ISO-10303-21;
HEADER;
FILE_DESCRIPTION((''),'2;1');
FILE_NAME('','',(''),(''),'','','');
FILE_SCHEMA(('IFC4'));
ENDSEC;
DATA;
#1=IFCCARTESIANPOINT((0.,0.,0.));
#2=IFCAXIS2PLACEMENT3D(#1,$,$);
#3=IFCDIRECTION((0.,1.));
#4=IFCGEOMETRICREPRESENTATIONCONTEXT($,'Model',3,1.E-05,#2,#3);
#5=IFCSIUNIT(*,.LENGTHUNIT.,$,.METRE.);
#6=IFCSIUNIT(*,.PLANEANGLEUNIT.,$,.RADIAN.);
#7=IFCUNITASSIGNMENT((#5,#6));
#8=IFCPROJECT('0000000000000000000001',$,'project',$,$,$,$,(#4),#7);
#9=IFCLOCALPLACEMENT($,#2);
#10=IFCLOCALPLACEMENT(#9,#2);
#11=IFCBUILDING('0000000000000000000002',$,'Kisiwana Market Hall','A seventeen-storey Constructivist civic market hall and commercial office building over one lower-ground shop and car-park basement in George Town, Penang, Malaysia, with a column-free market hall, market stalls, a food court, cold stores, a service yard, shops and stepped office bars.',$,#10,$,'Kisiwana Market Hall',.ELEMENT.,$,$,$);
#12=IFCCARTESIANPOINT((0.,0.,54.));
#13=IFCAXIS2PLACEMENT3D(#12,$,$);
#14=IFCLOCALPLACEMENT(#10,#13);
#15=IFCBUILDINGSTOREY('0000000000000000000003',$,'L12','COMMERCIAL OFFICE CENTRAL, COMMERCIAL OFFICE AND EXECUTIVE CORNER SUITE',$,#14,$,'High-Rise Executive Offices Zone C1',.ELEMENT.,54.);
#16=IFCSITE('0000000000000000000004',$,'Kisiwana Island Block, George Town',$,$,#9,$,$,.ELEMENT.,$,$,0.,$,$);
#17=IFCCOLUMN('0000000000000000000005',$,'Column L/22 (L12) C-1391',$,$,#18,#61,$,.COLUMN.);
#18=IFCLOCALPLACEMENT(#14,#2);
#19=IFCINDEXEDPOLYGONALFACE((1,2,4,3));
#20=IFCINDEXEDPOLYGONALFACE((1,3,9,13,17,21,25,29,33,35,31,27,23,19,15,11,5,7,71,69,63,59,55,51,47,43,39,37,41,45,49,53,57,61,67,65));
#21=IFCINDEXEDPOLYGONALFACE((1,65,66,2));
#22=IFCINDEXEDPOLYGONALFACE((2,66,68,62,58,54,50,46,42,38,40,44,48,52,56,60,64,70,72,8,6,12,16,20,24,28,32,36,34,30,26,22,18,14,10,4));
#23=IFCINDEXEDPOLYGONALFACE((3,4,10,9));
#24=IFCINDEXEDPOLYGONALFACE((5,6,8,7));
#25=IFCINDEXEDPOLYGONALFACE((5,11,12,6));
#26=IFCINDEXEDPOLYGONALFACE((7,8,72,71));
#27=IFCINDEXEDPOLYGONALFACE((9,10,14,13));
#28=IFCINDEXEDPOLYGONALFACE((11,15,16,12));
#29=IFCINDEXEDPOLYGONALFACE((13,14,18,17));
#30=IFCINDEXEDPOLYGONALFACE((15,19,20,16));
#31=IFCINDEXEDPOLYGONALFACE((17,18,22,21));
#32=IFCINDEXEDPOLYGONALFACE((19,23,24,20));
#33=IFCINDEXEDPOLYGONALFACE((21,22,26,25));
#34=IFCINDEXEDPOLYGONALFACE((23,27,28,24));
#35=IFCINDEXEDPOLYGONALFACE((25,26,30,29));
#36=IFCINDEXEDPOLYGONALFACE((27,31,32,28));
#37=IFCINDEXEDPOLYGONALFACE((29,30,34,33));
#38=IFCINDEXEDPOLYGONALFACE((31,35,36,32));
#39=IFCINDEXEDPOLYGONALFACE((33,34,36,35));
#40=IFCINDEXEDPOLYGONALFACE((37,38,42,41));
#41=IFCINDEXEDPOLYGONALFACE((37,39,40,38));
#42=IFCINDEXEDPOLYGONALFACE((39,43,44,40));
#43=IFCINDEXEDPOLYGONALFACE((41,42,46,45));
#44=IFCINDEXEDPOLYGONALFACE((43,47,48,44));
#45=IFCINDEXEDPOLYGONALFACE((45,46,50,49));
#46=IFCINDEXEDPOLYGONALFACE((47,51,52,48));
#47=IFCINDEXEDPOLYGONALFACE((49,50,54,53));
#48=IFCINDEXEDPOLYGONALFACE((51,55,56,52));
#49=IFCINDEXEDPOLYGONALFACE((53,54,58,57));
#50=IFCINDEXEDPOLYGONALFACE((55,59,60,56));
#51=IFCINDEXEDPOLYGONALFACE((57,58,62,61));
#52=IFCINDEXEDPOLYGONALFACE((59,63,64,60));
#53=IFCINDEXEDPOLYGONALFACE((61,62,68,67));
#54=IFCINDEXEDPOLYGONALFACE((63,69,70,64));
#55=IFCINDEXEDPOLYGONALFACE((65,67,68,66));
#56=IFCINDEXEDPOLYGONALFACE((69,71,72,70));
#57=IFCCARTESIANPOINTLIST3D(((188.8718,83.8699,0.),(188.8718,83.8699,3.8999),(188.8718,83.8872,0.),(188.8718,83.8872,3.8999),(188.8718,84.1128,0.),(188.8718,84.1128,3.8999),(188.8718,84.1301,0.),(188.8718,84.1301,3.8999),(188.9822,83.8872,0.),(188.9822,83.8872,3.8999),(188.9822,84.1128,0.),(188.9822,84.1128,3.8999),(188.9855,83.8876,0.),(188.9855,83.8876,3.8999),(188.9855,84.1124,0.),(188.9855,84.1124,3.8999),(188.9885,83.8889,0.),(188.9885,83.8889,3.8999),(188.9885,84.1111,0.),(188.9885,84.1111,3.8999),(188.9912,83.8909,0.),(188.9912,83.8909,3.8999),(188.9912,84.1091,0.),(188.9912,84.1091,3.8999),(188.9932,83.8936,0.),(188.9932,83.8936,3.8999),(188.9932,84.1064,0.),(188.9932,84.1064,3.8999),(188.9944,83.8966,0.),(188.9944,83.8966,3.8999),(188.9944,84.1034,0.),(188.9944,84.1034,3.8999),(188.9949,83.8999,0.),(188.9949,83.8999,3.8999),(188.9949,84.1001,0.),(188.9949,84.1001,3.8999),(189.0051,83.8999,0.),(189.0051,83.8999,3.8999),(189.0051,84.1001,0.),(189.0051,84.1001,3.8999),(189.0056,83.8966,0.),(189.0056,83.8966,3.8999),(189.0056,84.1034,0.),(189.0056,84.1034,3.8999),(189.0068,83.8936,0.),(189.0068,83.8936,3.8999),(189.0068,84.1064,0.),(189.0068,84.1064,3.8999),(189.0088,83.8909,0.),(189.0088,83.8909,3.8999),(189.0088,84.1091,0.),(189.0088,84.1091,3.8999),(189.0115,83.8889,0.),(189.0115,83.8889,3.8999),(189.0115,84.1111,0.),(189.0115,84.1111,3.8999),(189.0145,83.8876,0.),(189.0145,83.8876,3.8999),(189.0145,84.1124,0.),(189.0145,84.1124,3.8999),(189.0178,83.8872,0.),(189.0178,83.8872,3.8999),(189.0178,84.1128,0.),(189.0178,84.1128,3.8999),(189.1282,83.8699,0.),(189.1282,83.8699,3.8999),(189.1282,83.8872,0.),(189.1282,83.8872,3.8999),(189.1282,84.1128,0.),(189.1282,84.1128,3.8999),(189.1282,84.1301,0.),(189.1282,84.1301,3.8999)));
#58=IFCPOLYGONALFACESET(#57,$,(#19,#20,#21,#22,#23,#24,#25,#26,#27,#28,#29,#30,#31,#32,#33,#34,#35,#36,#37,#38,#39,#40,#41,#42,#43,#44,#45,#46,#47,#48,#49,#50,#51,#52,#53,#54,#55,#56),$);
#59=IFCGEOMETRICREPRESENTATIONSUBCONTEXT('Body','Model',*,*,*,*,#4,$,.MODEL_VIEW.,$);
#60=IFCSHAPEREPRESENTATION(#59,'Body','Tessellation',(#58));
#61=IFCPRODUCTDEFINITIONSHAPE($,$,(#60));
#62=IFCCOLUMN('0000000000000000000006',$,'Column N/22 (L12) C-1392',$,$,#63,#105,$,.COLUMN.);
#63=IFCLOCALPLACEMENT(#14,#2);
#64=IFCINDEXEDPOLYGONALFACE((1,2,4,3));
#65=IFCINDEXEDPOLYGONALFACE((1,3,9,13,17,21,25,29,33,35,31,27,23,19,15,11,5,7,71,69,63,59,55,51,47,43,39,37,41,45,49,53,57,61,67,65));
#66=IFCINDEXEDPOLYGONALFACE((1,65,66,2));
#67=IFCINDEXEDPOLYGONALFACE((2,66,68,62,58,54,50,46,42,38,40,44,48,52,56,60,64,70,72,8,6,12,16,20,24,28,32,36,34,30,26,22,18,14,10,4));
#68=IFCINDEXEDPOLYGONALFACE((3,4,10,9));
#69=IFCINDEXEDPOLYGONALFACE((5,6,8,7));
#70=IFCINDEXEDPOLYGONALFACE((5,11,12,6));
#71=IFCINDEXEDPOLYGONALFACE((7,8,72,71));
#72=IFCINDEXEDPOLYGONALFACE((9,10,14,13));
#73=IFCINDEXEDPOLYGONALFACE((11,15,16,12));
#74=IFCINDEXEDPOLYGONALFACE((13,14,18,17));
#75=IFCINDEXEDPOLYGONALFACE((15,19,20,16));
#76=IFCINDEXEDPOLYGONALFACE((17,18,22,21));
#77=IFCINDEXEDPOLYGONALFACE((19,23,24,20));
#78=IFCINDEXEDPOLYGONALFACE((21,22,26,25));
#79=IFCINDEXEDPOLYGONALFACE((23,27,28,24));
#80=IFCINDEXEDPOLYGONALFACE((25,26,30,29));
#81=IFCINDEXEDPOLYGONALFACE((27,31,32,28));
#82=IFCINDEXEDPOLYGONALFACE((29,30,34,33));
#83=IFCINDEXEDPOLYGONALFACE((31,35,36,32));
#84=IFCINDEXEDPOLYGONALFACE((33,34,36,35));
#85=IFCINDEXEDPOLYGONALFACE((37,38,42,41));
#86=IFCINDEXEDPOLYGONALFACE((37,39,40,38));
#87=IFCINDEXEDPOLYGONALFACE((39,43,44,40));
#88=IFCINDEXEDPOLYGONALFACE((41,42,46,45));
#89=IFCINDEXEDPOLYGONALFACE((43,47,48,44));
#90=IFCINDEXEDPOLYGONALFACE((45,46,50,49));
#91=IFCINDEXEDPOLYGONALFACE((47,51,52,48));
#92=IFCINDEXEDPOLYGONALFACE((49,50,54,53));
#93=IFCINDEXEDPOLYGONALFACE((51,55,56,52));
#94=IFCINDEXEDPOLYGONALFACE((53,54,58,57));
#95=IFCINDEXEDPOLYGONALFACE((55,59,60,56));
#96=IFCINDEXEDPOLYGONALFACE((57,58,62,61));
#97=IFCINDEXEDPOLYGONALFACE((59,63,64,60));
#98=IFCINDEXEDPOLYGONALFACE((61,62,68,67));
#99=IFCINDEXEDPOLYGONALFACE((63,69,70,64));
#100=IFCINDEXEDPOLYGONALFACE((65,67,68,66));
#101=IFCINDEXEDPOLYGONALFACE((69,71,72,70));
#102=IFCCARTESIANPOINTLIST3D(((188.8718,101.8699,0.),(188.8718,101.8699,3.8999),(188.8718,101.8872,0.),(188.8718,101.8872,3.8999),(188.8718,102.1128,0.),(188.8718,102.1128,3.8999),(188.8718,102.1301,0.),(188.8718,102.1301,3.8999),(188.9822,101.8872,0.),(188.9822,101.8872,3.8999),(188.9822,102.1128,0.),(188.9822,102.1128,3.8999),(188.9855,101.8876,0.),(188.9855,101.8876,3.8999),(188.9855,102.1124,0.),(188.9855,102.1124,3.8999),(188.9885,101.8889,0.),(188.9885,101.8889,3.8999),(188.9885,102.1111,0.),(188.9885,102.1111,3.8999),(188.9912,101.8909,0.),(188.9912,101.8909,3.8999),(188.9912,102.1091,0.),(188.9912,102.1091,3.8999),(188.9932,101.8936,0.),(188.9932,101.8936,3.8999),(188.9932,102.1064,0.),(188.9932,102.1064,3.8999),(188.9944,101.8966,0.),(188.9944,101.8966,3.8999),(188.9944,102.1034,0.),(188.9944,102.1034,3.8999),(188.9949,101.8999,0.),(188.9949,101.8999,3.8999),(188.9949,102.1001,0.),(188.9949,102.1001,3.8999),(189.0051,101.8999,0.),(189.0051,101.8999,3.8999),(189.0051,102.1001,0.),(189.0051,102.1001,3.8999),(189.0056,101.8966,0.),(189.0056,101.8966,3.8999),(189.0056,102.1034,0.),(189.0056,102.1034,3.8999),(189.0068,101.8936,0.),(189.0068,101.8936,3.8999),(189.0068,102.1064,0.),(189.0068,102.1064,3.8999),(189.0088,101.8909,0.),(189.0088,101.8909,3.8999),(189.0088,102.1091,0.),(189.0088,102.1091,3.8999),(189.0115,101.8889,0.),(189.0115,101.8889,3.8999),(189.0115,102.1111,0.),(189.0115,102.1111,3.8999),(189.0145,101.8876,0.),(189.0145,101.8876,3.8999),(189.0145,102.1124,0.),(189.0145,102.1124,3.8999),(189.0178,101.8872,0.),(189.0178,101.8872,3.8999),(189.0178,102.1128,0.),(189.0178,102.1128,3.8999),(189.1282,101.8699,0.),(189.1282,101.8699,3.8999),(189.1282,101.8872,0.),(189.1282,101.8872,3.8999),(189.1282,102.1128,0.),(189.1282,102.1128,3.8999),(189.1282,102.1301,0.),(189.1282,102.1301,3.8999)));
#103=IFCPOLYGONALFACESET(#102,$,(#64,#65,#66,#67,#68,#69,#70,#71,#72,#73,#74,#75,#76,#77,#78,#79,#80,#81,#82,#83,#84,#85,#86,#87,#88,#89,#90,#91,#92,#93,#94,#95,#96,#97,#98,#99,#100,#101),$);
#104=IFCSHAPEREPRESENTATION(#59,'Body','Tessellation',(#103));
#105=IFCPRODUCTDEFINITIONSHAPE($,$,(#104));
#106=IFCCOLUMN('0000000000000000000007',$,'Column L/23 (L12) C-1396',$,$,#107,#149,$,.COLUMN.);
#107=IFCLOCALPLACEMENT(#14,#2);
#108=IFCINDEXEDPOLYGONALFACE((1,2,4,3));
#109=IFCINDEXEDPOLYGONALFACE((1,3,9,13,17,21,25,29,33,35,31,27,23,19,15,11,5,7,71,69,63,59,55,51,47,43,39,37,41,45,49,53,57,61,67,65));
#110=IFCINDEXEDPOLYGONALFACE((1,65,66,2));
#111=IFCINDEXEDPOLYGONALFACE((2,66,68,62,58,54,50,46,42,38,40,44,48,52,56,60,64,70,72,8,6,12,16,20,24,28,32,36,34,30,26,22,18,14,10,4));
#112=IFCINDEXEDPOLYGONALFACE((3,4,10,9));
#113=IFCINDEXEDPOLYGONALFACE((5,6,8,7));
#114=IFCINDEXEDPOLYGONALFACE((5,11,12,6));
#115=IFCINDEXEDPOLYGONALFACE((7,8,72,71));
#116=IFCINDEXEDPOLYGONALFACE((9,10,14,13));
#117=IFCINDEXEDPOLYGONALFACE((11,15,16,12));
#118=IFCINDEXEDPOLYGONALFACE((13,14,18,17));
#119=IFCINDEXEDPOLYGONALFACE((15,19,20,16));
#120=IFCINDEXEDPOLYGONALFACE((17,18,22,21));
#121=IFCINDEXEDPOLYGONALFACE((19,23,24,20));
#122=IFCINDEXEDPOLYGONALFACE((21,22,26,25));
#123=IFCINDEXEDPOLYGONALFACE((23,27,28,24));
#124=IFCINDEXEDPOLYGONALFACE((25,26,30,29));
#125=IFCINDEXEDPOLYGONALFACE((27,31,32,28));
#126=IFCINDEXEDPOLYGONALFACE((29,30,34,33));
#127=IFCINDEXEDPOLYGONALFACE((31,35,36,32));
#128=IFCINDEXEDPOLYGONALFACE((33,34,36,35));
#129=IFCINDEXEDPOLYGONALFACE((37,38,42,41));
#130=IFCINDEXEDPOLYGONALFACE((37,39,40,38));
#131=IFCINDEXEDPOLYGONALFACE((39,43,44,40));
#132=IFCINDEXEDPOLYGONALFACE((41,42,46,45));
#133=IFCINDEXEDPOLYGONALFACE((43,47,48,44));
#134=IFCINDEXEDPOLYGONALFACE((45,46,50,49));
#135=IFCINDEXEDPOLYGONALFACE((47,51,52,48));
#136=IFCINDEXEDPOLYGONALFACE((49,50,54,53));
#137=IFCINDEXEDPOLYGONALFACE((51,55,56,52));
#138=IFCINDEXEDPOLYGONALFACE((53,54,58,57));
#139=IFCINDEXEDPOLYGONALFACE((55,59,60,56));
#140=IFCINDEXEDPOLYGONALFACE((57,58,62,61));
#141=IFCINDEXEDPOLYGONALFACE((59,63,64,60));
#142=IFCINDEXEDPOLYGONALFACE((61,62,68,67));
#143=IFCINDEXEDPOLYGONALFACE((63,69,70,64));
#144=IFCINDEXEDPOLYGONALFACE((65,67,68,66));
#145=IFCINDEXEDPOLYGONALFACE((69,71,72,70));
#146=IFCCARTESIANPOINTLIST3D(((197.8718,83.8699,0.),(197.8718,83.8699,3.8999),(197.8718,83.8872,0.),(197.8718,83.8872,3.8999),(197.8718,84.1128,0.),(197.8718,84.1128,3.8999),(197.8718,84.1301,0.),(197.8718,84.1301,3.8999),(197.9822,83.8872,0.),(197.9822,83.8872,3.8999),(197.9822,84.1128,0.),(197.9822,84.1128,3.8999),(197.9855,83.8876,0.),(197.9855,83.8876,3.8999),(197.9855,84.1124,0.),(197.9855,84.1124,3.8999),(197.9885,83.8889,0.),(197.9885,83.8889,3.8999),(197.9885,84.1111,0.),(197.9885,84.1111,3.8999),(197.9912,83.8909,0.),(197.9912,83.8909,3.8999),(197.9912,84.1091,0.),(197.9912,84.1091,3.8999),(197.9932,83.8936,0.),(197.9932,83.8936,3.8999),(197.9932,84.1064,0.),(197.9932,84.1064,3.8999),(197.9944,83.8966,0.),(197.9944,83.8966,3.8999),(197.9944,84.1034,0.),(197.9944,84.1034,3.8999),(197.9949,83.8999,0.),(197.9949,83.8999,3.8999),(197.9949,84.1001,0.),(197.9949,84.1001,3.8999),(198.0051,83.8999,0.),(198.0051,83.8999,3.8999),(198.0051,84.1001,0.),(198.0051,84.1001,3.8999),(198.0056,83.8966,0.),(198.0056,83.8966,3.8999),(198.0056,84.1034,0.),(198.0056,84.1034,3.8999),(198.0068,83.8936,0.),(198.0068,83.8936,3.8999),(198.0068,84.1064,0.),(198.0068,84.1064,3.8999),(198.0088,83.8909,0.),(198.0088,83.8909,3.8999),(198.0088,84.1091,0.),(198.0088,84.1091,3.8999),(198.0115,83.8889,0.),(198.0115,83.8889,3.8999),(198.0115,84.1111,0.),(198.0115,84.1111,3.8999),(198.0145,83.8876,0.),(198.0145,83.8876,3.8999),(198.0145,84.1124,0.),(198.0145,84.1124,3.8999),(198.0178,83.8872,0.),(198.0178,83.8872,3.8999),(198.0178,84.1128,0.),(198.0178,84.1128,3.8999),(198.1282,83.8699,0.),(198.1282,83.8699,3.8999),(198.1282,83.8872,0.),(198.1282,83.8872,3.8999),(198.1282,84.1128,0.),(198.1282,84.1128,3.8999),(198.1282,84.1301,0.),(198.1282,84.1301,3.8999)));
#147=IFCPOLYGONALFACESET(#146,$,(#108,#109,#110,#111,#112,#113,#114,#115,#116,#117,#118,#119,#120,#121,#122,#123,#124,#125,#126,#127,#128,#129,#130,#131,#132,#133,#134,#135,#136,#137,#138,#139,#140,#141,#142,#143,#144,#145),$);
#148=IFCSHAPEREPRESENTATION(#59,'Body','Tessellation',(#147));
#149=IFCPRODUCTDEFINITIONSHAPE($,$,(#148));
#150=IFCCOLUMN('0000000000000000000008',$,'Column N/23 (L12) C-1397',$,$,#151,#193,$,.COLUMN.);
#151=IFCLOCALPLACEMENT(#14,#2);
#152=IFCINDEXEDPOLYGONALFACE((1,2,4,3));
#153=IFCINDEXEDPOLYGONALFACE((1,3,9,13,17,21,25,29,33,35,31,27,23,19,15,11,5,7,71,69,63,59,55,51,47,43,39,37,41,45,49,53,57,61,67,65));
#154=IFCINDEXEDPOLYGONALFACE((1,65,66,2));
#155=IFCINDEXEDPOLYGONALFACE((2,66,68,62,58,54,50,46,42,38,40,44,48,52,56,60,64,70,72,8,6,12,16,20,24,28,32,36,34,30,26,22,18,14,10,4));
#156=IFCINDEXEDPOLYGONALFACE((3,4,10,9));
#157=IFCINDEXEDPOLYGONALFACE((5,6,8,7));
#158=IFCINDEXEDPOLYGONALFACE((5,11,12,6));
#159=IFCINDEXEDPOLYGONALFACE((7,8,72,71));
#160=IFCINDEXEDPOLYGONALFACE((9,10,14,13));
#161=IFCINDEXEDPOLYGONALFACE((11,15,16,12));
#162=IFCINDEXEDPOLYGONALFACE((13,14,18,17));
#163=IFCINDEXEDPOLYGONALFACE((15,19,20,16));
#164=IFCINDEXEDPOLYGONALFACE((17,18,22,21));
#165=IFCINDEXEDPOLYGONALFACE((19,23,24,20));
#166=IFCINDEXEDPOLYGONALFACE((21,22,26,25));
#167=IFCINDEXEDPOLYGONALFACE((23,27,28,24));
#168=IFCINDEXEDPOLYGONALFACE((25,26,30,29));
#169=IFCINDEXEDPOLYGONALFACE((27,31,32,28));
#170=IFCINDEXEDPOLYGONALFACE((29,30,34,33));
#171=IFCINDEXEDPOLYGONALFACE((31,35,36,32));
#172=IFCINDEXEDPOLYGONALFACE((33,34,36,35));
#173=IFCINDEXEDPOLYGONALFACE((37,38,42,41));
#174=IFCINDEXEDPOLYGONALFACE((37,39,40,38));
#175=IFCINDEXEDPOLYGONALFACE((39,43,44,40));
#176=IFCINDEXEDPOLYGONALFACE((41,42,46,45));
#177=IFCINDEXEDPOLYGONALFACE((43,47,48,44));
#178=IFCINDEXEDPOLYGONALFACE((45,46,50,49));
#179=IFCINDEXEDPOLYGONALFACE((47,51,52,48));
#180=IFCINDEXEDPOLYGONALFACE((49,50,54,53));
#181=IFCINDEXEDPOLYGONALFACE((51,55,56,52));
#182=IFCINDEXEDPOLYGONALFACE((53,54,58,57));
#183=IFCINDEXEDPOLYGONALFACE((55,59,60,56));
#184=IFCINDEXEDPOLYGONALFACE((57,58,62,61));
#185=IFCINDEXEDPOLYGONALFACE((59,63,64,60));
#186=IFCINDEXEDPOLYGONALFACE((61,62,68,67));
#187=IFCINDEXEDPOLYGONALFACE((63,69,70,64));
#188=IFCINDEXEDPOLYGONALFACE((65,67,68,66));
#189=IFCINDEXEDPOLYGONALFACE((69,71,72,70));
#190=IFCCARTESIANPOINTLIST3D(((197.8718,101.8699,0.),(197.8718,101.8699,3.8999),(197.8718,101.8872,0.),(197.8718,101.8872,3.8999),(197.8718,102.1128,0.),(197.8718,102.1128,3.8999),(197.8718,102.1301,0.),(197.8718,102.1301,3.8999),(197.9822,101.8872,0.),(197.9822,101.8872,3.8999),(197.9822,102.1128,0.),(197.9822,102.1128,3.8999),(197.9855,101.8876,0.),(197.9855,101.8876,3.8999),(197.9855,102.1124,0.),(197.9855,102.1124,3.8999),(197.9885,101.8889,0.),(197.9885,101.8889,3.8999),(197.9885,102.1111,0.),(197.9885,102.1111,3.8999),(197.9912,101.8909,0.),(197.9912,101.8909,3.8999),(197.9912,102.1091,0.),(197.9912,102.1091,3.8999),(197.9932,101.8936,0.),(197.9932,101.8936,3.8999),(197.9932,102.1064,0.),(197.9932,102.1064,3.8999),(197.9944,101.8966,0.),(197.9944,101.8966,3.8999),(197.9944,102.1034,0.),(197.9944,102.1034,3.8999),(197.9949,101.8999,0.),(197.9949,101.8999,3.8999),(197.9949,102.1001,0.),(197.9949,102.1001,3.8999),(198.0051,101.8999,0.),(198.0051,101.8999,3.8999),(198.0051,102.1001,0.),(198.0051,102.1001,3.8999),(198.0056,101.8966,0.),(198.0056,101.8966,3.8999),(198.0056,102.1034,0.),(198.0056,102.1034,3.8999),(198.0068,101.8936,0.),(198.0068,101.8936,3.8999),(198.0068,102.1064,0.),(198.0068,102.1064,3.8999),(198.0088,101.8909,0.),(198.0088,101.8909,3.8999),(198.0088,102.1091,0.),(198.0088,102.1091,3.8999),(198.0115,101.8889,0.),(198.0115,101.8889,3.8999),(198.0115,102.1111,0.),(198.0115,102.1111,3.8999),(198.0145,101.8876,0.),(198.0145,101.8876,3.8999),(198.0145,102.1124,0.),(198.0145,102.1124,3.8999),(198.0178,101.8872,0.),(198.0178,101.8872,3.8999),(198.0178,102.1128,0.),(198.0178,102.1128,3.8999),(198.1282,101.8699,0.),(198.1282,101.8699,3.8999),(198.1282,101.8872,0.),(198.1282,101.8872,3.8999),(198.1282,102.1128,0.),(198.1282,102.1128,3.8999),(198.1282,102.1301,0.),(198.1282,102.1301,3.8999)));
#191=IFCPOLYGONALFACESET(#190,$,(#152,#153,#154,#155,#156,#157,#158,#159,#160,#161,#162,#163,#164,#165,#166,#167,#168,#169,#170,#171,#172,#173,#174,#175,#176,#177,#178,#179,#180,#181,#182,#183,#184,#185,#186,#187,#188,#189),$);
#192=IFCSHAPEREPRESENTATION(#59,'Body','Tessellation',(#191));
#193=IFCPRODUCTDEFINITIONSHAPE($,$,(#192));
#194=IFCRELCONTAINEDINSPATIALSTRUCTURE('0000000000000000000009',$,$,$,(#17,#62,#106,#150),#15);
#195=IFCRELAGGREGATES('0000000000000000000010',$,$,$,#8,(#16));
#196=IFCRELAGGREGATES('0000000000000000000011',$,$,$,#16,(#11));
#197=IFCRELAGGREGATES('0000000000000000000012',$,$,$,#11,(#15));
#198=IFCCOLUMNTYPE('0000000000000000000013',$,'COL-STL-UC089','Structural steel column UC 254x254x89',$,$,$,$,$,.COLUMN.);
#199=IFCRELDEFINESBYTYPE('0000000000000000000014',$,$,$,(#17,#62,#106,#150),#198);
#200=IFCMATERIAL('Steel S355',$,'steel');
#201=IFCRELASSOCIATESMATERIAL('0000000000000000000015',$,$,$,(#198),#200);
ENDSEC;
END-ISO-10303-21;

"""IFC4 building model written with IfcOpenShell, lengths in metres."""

from ifc_helpers import new_model, si_unit, direction, frame, origin, origin_2d, place, context, subcontext, project, spatial, i_section, extrude, material, material_profile, profile_set, type_object, element, save


model = new_model("IFC4")

# Units and contexts
model_context = context("Model", 3, precision=1e-05, world=origin(), true_north=direction((0.0, 1.0)))
body_context = subcontext(model_context, "Body", "Model", "MODEL_VIEW")
ifc_project = project(units=[si_unit("LENGTHUNIT", "METRE"), si_unit("PLANEANGLEUNIT", "RADIAN")], contexts=[model_context])

# Site, building, storey
site_placement = place(None, origin())
site = spatial("IfcSite", under=ifc_project, at=site_placement, Name="Kisiwana Island Block, George Town", CompositionType="ELEMENT", RefElevation=0.0)
building_placement = place(site_placement, origin())
building = spatial("IfcBuilding", under=site, at=building_placement, Name="Kisiwana Market Hall", Description="A seventeen-storey Constructivist civic market hall and commercial office building over one lower-ground shop and car-park basement in George Town, Penang, Malaysia, with a column-free market hall, market stalls, a food court, cold stores, a service yard, shops and stepped office bars.", LongName="Kisiwana Market Hall", CompositionType="ELEMENT")
storey_placement = place(building_placement, frame((0.0, 0.0, 54.0)))
storey = spatial("IfcBuildingStorey", under=building, at=storey_placement, Name="L12", Description="COMMERCIAL OFFICE CENTRAL, COMMERCIAL OFFICE AND EXECUTIVE CORNER SUITE", LongName="High-Rise Executive Offices Zone C1", CompositionType="ELEMENT", Elevation=54.0)

# Columns
ifc_material_1 = material(Name="Steel S355", Category="steel")
ifc_material_profile_1 = material_profile(ifc_material_1, i_section(OverallWidth=0.2563, OverallDepth=0.2603, WebThickness=0.0103, FlangeThickness=0.0173, FilletRadius=0.0127, at=origin_2d()), Name="UC 254x254x89")
ifc_profile_set_1 = profile_set([ifc_material_profile_1], Name="Steel S355")
column_type = type_object("IfcColumnType", Name="COL-STL-UC089", Description="Structural steel column UC 254x254x89", PredefinedType="COLUMN", material=ifc_profile_set_1)
for number, where, z_axis, x_axis, name in (
    (1, (189.0, 84.0, 0.0), (0.0, 0.0, 1.0), (1.0, 0.0, 0.0), "Column L/22 (L12) C-1391"),
    (2, (189.0, 102.0, 0.0), (0.0, 0.0, 1.0), (1.0, 0.0, 0.0), "Column N/22 (L12) C-1392"),
    (3, (198.0, 84.0, 0.0), (0.0, 0.0, 1.0), (1.0, 0.0, 0.0), "Column L/23 (L12) C-1396"),
    (4, (198.0, 102.0, 0.0), (0.0, 0.0, 1.0), (1.0, 0.0, 0.0), "Column N/23 (L12) C-1397"),
):
    element("IfcColumn", number, at=place(storey_placement, frame(where, z_axis=z_axis, x_axis=x_axis)), inside=storey, type_object=column_type, Name=name, PredefinedType="COLUMN", context=body_context, shape_type="SweptSolid", body=[
        extrude(i_section(OverallWidth=0.2563, OverallDepth=0.2603, WebThickness=0.0103, FlangeThickness=0.0173, FilletRadius=0.0127, at=origin_2d()), origin(), (0.0, 0.0, 1.0), 3.8999),
    ])

save(model, "model.ifc")
